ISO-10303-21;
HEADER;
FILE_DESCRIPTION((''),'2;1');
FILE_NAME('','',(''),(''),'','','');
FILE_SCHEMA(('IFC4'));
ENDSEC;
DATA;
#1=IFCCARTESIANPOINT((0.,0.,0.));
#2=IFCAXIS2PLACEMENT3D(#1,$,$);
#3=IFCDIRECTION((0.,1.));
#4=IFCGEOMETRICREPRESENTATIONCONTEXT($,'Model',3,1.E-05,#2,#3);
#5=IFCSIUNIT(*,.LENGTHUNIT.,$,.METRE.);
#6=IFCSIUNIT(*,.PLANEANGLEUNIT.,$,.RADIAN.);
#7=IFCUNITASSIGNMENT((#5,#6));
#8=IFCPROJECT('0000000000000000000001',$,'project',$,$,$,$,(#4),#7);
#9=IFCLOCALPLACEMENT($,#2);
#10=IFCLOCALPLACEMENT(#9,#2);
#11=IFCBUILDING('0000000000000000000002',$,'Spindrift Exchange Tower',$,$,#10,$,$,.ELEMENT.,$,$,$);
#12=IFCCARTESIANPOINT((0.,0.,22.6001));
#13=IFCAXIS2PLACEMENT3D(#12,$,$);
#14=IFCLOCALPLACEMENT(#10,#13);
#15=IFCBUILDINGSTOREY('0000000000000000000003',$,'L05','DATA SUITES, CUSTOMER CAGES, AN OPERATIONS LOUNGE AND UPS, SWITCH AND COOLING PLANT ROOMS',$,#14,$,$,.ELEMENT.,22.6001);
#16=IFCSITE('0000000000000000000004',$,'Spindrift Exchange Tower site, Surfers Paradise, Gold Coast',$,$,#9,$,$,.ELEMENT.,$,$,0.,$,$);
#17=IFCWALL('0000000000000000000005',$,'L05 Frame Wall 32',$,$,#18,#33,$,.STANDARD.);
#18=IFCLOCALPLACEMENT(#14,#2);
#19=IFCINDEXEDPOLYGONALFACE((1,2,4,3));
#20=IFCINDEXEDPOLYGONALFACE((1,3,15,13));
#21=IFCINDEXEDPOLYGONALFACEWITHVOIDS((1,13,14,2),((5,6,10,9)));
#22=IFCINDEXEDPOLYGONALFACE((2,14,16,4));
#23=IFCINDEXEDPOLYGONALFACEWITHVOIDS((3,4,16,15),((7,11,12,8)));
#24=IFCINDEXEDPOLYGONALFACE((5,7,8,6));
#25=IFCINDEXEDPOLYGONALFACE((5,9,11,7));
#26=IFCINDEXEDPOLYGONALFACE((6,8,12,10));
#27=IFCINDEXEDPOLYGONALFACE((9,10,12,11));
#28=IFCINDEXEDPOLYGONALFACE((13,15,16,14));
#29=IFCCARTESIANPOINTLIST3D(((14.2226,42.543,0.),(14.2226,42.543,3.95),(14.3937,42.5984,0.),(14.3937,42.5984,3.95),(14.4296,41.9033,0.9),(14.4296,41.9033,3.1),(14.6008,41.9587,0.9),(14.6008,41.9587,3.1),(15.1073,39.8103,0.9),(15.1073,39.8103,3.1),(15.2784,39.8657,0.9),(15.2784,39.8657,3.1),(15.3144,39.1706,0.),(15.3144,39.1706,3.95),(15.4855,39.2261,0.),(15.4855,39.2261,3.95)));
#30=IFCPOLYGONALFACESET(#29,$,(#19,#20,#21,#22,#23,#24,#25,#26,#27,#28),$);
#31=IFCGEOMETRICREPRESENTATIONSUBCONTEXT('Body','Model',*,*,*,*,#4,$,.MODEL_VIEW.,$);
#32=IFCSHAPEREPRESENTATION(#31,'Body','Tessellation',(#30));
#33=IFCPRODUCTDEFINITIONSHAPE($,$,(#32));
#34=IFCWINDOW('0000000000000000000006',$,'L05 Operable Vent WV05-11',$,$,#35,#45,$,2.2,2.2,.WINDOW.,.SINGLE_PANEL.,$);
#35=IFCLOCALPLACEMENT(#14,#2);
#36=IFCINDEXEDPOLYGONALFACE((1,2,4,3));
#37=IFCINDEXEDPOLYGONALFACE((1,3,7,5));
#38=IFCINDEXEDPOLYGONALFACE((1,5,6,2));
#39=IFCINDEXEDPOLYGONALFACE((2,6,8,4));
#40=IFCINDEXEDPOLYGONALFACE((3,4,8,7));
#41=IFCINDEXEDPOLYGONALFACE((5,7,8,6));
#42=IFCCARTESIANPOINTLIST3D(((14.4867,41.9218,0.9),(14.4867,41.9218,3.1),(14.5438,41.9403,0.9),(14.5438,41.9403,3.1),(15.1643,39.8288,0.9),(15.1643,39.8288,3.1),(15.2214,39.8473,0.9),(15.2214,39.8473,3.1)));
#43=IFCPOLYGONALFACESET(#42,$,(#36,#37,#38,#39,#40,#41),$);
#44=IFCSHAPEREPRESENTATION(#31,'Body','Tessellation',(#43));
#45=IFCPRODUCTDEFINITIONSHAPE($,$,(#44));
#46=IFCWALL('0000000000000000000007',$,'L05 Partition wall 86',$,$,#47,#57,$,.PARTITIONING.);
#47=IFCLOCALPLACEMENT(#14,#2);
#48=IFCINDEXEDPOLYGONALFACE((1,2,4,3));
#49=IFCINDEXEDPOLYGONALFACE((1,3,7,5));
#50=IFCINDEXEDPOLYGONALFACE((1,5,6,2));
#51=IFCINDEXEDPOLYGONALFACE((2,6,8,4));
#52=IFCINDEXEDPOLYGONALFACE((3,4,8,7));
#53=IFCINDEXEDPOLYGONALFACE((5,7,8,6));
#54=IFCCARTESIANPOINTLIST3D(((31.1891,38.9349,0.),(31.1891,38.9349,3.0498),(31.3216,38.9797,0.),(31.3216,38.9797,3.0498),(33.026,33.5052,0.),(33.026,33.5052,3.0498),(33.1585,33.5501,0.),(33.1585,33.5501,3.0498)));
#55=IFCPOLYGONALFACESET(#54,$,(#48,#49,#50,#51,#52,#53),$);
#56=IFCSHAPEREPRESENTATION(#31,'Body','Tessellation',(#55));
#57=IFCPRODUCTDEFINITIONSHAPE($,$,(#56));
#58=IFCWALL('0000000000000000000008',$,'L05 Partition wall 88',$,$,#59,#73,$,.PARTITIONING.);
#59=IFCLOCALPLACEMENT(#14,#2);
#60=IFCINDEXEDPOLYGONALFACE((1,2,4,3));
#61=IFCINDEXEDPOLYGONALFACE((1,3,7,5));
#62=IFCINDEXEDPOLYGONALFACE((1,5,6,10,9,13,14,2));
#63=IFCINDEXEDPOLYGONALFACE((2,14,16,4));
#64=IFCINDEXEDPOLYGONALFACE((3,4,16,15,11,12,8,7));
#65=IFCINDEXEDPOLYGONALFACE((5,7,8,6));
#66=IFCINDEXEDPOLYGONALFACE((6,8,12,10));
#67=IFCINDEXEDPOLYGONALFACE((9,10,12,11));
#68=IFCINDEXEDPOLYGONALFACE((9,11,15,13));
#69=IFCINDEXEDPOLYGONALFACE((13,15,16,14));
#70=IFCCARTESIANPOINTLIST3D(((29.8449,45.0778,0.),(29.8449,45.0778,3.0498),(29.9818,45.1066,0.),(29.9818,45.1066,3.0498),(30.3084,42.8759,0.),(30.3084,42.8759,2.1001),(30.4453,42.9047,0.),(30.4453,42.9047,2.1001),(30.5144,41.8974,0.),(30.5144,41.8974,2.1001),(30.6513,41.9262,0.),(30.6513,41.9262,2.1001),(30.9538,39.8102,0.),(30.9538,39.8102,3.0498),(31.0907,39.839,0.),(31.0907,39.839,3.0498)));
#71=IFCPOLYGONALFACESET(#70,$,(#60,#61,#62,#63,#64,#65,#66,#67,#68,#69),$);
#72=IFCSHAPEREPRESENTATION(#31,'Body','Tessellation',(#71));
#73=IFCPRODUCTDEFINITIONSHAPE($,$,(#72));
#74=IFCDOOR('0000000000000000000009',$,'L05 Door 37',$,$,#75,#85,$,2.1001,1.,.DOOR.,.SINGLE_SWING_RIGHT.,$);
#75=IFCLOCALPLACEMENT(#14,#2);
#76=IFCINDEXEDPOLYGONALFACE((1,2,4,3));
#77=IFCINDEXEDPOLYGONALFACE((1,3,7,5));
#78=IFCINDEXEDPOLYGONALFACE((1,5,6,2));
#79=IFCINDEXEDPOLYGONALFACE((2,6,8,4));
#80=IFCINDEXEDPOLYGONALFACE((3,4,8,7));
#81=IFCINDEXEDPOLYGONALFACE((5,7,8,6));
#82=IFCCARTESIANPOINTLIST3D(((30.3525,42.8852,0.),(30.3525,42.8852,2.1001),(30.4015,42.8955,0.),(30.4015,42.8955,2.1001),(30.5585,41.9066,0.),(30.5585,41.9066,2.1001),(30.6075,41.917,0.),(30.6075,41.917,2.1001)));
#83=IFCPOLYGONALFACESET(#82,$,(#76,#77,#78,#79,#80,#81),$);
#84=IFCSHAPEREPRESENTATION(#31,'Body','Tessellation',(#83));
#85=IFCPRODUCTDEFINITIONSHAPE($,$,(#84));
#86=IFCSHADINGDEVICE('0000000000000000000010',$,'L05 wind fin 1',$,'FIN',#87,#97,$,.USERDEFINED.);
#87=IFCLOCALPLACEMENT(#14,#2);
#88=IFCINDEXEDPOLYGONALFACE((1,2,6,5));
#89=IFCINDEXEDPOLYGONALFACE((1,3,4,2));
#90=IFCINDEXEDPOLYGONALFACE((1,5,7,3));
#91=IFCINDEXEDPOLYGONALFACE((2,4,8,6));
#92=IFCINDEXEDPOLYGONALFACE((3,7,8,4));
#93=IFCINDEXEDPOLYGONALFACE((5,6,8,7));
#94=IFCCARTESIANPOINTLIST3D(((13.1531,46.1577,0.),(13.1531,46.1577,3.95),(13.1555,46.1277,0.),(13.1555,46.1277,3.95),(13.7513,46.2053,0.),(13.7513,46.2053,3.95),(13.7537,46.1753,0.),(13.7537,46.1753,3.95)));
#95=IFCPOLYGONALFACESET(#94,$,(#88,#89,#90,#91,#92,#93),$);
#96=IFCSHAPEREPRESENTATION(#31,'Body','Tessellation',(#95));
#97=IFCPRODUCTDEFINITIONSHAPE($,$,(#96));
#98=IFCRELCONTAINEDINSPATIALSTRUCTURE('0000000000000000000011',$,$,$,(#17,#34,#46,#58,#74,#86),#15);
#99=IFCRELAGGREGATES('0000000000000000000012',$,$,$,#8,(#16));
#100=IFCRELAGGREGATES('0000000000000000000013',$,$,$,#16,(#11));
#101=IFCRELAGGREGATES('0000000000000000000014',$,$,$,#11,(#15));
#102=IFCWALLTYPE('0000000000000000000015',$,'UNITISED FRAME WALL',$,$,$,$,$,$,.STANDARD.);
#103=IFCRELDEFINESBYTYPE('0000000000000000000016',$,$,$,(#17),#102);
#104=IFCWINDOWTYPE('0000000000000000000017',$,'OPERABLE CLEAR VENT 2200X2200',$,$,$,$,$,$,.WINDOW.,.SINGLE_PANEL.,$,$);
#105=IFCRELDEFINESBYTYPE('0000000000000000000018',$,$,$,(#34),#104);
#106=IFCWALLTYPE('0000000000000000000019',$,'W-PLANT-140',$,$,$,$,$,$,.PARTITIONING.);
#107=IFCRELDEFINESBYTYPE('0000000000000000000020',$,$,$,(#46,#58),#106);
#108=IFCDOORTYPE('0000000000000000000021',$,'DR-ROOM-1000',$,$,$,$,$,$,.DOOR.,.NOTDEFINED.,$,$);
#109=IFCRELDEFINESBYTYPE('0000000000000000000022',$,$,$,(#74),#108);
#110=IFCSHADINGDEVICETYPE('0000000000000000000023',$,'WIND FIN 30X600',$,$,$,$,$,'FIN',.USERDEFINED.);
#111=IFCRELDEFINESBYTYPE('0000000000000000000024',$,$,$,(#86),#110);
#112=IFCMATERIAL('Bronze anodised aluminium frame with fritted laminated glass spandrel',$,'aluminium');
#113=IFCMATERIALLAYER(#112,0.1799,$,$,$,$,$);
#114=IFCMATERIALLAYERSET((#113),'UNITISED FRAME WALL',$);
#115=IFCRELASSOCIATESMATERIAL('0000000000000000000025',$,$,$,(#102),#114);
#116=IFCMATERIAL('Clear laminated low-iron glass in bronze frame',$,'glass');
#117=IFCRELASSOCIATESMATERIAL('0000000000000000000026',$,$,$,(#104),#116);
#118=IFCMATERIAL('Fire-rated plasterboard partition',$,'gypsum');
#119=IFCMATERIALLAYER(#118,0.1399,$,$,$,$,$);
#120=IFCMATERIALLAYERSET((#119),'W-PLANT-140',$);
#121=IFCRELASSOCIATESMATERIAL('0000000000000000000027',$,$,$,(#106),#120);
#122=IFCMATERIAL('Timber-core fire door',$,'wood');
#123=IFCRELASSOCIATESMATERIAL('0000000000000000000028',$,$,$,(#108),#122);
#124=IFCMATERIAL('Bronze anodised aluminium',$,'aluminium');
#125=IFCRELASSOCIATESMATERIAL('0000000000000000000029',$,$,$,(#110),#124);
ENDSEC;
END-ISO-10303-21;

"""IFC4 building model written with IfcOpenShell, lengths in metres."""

from ifc_helpers import new_model, si_unit, direction, frame, frame_2d, origin, origin_2d, place, context, subcontext, project, spatial, rectangle, extrude, source, transform, mapped, material, layer, layer_set, material_profile, profile_set, type_object, element, fill, save


model = new_model("IFC4")

# Units and contexts
model_context = context("Model", 3, precision=1e-05, world=origin(), true_north=direction((0.0, 1.0)))
body_context = subcontext(model_context, "Body", "Model", "MODEL_VIEW")
ifc_project = project(units=[si_unit("LENGTHUNIT", "METRE"), si_unit("PLANEANGLEUNIT", "RADIAN")], contexts=[model_context])

# Site, building, storey
site_placement = place(None, origin())
site = spatial("IfcSite", under=ifc_project, at=site_placement, Name="Spindrift Exchange Tower site, Surfers Paradise, Gold Coast", CompositionType="ELEMENT", RefElevation=0.0)
building_placement = place(site_placement, origin())
building = spatial("IfcBuilding", under=site, at=building_placement, Name="Spindrift Exchange Tower", CompositionType="ELEMENT")
storey_placement = place(building_placement, frame((0.0, 0.0, 22.6001)))
storey = spatial("IfcBuildingStorey", under=building, at=storey_placement, Name="L05", Description="DATA SUITES, CUSTOMER CAGES, AN OPERATIONS LOUNGE AND UPS, SWITCH AND COOLING PLANT ROOMS", CompositionType="ELEMENT", Elevation=22.6001)

# Shared definitions
ifc_material_1 = material(Name="Bronze anodised aluminium", Category="aluminium")

# Wall, opening, window
ifc_material_2 = material(Name="Bronze anodised aluminium frame with fritted laminated glass spandrel", Category="aluminium")
ifc_layer_1 = layer(ifc_material_2, 0.1799)
ifc_layer_set_1 = layer_set([ifc_layer_1], Name="UNITISED FRAME WALL")
wall_type_1 = type_object("IfcWallType", Name="UNITISED FRAME WALL", PredefinedType="STANDARD", material=ifc_layer_set_1)
wall_1_placement = place(storey_placement, frame((14.3081, 42.5708, 0.0), z_axis=(0.0, 0.0, 1.0), x_axis=(0.308013, -0.951382, 0.0)))
wall_1 = element("IfcWall", 1, at=wall_1_placement, inside=storey, type_object=wall_type_1, Name="L05 Frame Wall 32", PredefinedType="STANDARD", context=body_context, shape_type="SweptSolid", body=[
    extrude(rectangle(XDim=3.5447, YDim=0.1799, at=frame_2d((1.7725, 0.0))), origin(), (0.0, 0.0, 1.0), 3.95),
])
opening_1_placement = place(wall_1_placement, frame((0.6724, 0.0, 0.8999)))
opening_1 = element("IfcOpeningElement", 2, at=opening_1_placement, cuts=wall_1, PredefinedType="OPENING", context=body_context, shape_type="SweptSolid", body=[
    extrude(rectangle(XDim=2.2, YDim=2.2, at=frame_2d((1.1001, 1.1001))), frame((0.0, 0.0999, 0.0), z_axis=(0.0, -1.0, 0.0), x_axis=(1.0, 0.0, 0.0)), (0.0, 0.0, 1.0), 0.2),
])
ifc_material_3 = material(Name="Clear laminated low-iron glass in bronze frame", Category="glass")
window_type = type_object("IfcWindowType", Name="OPERABLE CLEAR VENT 2200X2200", PartitioningType="SINGLE_PANEL", PredefinedType="WINDOW", material=ifc_material_3)
shared_shape_1 = source(origin(), body_context, "Body", "SweptSolid", [
    extrude(rectangle(XDim=2.2, YDim=2.2, at=frame_2d((1.1001, 1.1001))), frame((0.0, 0.03, 0.0), z_axis=(0.0, -1.0, 0.0), x_axis=(1.0, 0.0, 0.0)), (0.0, 0.0, 1.0), 0.0601),
])
window_placement = place(opening_1_placement, origin())
window = element("IfcWindow", 3, at=window_placement, inside=storey, type_object=window_type, Name="L05 Operable Vent WV05-11", OverallHeight=2.2, OverallWidth=2.2, PartitioningType="SINGLE_PANEL", PredefinedType="WINDOW", context=body_context, shape_type="MappedRepresentation", body=[
    mapped(shared_shape_1, transform((0.0, 0.0, 0.0), scale=1.0)),
])
fill(opening_1, window)

# Wall
ifc_material_4 = material(Name="Fire-rated plasterboard partition", Category="gypsum")
ifc_layer_2 = layer(ifc_material_4, 0.1399)
ifc_layer_set_2 = layer_set([ifc_layer_2], Name="W-PLANT-140")
wall_type_2 = type_object("IfcWallType", Name="W-PLANT-140", PredefinedType="PARTITIONING", material=ifc_layer_set_2)
wall_2_placement = place(storey_placement, frame((31.2554, 38.9573, 0.0), z_axis=(0.0, 0.0, 1.0), x_axis=(0.320467, -0.94726, 0.0)))
element("IfcWall", 4, at=wall_2_placement, inside=storey, type_object=wall_type_2, Name="L05 Partition wall 86", PredefinedType="PARTITIONING", context=body_context, shape_type="SweptSolid", body=[
    extrude(rectangle(XDim=5.7319, YDim=0.1399, at=frame_2d((2.866, 0.0))), origin(), (0.0, 0.0, 1.0), 3.0498),
])

# Wall, opening, door
wall_3_placement = place(storey_placement, frame((31.0222, 39.8247, 0.0), z_axis=(0.0, 0.0, 1.0), x_axis=(-0.205997, 0.978553, 0.0)))
wall_3 = element("IfcWall", 5, at=wall_3_placement, inside=storey, type_object=wall_type_2, Name="L05 Partition wall 88", PredefinedType="PARTITIONING", context=body_context, shape_type="SweptSolid", body=[
    extrude(rectangle(XDim=5.3831, YDim=0.1399, at=frame_2d((2.6914, 0.0))), origin(), (0.0, 0.0, 1.0), 3.0498),
])
opening_2_placement = place(wall_3_placement, frame((2.1328, 0.0, 0.0)))
opening_2 = element("IfcOpeningElement", 6, at=opening_2_placement, cuts=wall_3, PredefinedType="OPENING", context=body_context, shape_type="SweptSolid", body=[
    extrude(rectangle(XDim=1.0, YDim=2.1001, at=frame_2d((0.5, 1.05))), frame((0.0, 0.0798, 0.0), z_axis=(0.0, -1.0, 0.0), x_axis=(1.0, 0.0, 0.0)), (0.0, 0.0, 1.0), 0.1599),
])
ifc_material_5 = material(Name="Timber-core fire door", Category="wood")
door_type = type_object("IfcDoorType", Name="DR-ROOM-1000", OperationType="NOTDEFINED", PredefinedType="DOOR", material=ifc_material_5)
shared_shape_2 = source(origin(), body_context, "Body", "SweptSolid", [
    extrude(rectangle(XDim=1.0, YDim=2.1001, at=frame_2d((0.5, 1.05))), frame((0.0, 0.0249, 0.0), z_axis=(0.0, -1.0, 0.0), x_axis=(1.0, 0.0, 0.0)), (0.0, 0.0, 1.0), 0.05),
])
door_placement = place(opening_2_placement, origin())
door = element("IfcDoor", 7, at=door_placement, inside=storey, type_object=door_type, Name="L05 Door 37", OperationType="SINGLE_SWING_RIGHT", OverallHeight=2.1001, OverallWidth=1.0, PredefinedType="DOOR", context=body_context, shape_type="MappedRepresentation", body=[
    mapped(shared_shape_2, transform((0.0, 0.0, 0.0), scale=1.0)),
])
fill(opening_2, door)

# Shading device
ifc_material_profile_1 = material_profile(ifc_material_1, rectangle(XDim=0.03, YDim=0.6001, at=origin_2d()), Name="WIND FIN 30X600")
ifc_profile_set_1 = profile_set([ifc_material_profile_1], Name="Bronze anodised aluminium")
shading_device_type = type_object("IfcShadingDeviceType", Name="WIND FIN 30X600", ElementType="FIN", PredefinedType="USERDEFINED", material=ifc_profile_set_1)
shared_shape_3 = source(origin(), body_context, "Body", "SweptSolid", [
    extrude(rectangle(XDim=0.03, YDim=0.6001, at=origin_2d()), origin(), (0.0, 0.0, 1.0), 3.95),
])
shading_device_placement = place(storey_placement, frame((13.4534, 46.1665, 0.0), z_axis=(0.0, 0.0, 1.0), x_axis=(0.079352, -0.996847, 0.0)))
element("IfcShadingDevice", 8, at=shading_device_placement, inside=storey, type_object=shading_device_type, Name="L05 wind fin 1", ObjectType="FIN", PredefinedType="USERDEFINED", context=body_context, shape_type="MappedRepresentation", body=[
    mapped(shared_shape_3, transform((0.0, 0.0, 0.0), scale=1.0)),
])

save(model, "model.ifc")
